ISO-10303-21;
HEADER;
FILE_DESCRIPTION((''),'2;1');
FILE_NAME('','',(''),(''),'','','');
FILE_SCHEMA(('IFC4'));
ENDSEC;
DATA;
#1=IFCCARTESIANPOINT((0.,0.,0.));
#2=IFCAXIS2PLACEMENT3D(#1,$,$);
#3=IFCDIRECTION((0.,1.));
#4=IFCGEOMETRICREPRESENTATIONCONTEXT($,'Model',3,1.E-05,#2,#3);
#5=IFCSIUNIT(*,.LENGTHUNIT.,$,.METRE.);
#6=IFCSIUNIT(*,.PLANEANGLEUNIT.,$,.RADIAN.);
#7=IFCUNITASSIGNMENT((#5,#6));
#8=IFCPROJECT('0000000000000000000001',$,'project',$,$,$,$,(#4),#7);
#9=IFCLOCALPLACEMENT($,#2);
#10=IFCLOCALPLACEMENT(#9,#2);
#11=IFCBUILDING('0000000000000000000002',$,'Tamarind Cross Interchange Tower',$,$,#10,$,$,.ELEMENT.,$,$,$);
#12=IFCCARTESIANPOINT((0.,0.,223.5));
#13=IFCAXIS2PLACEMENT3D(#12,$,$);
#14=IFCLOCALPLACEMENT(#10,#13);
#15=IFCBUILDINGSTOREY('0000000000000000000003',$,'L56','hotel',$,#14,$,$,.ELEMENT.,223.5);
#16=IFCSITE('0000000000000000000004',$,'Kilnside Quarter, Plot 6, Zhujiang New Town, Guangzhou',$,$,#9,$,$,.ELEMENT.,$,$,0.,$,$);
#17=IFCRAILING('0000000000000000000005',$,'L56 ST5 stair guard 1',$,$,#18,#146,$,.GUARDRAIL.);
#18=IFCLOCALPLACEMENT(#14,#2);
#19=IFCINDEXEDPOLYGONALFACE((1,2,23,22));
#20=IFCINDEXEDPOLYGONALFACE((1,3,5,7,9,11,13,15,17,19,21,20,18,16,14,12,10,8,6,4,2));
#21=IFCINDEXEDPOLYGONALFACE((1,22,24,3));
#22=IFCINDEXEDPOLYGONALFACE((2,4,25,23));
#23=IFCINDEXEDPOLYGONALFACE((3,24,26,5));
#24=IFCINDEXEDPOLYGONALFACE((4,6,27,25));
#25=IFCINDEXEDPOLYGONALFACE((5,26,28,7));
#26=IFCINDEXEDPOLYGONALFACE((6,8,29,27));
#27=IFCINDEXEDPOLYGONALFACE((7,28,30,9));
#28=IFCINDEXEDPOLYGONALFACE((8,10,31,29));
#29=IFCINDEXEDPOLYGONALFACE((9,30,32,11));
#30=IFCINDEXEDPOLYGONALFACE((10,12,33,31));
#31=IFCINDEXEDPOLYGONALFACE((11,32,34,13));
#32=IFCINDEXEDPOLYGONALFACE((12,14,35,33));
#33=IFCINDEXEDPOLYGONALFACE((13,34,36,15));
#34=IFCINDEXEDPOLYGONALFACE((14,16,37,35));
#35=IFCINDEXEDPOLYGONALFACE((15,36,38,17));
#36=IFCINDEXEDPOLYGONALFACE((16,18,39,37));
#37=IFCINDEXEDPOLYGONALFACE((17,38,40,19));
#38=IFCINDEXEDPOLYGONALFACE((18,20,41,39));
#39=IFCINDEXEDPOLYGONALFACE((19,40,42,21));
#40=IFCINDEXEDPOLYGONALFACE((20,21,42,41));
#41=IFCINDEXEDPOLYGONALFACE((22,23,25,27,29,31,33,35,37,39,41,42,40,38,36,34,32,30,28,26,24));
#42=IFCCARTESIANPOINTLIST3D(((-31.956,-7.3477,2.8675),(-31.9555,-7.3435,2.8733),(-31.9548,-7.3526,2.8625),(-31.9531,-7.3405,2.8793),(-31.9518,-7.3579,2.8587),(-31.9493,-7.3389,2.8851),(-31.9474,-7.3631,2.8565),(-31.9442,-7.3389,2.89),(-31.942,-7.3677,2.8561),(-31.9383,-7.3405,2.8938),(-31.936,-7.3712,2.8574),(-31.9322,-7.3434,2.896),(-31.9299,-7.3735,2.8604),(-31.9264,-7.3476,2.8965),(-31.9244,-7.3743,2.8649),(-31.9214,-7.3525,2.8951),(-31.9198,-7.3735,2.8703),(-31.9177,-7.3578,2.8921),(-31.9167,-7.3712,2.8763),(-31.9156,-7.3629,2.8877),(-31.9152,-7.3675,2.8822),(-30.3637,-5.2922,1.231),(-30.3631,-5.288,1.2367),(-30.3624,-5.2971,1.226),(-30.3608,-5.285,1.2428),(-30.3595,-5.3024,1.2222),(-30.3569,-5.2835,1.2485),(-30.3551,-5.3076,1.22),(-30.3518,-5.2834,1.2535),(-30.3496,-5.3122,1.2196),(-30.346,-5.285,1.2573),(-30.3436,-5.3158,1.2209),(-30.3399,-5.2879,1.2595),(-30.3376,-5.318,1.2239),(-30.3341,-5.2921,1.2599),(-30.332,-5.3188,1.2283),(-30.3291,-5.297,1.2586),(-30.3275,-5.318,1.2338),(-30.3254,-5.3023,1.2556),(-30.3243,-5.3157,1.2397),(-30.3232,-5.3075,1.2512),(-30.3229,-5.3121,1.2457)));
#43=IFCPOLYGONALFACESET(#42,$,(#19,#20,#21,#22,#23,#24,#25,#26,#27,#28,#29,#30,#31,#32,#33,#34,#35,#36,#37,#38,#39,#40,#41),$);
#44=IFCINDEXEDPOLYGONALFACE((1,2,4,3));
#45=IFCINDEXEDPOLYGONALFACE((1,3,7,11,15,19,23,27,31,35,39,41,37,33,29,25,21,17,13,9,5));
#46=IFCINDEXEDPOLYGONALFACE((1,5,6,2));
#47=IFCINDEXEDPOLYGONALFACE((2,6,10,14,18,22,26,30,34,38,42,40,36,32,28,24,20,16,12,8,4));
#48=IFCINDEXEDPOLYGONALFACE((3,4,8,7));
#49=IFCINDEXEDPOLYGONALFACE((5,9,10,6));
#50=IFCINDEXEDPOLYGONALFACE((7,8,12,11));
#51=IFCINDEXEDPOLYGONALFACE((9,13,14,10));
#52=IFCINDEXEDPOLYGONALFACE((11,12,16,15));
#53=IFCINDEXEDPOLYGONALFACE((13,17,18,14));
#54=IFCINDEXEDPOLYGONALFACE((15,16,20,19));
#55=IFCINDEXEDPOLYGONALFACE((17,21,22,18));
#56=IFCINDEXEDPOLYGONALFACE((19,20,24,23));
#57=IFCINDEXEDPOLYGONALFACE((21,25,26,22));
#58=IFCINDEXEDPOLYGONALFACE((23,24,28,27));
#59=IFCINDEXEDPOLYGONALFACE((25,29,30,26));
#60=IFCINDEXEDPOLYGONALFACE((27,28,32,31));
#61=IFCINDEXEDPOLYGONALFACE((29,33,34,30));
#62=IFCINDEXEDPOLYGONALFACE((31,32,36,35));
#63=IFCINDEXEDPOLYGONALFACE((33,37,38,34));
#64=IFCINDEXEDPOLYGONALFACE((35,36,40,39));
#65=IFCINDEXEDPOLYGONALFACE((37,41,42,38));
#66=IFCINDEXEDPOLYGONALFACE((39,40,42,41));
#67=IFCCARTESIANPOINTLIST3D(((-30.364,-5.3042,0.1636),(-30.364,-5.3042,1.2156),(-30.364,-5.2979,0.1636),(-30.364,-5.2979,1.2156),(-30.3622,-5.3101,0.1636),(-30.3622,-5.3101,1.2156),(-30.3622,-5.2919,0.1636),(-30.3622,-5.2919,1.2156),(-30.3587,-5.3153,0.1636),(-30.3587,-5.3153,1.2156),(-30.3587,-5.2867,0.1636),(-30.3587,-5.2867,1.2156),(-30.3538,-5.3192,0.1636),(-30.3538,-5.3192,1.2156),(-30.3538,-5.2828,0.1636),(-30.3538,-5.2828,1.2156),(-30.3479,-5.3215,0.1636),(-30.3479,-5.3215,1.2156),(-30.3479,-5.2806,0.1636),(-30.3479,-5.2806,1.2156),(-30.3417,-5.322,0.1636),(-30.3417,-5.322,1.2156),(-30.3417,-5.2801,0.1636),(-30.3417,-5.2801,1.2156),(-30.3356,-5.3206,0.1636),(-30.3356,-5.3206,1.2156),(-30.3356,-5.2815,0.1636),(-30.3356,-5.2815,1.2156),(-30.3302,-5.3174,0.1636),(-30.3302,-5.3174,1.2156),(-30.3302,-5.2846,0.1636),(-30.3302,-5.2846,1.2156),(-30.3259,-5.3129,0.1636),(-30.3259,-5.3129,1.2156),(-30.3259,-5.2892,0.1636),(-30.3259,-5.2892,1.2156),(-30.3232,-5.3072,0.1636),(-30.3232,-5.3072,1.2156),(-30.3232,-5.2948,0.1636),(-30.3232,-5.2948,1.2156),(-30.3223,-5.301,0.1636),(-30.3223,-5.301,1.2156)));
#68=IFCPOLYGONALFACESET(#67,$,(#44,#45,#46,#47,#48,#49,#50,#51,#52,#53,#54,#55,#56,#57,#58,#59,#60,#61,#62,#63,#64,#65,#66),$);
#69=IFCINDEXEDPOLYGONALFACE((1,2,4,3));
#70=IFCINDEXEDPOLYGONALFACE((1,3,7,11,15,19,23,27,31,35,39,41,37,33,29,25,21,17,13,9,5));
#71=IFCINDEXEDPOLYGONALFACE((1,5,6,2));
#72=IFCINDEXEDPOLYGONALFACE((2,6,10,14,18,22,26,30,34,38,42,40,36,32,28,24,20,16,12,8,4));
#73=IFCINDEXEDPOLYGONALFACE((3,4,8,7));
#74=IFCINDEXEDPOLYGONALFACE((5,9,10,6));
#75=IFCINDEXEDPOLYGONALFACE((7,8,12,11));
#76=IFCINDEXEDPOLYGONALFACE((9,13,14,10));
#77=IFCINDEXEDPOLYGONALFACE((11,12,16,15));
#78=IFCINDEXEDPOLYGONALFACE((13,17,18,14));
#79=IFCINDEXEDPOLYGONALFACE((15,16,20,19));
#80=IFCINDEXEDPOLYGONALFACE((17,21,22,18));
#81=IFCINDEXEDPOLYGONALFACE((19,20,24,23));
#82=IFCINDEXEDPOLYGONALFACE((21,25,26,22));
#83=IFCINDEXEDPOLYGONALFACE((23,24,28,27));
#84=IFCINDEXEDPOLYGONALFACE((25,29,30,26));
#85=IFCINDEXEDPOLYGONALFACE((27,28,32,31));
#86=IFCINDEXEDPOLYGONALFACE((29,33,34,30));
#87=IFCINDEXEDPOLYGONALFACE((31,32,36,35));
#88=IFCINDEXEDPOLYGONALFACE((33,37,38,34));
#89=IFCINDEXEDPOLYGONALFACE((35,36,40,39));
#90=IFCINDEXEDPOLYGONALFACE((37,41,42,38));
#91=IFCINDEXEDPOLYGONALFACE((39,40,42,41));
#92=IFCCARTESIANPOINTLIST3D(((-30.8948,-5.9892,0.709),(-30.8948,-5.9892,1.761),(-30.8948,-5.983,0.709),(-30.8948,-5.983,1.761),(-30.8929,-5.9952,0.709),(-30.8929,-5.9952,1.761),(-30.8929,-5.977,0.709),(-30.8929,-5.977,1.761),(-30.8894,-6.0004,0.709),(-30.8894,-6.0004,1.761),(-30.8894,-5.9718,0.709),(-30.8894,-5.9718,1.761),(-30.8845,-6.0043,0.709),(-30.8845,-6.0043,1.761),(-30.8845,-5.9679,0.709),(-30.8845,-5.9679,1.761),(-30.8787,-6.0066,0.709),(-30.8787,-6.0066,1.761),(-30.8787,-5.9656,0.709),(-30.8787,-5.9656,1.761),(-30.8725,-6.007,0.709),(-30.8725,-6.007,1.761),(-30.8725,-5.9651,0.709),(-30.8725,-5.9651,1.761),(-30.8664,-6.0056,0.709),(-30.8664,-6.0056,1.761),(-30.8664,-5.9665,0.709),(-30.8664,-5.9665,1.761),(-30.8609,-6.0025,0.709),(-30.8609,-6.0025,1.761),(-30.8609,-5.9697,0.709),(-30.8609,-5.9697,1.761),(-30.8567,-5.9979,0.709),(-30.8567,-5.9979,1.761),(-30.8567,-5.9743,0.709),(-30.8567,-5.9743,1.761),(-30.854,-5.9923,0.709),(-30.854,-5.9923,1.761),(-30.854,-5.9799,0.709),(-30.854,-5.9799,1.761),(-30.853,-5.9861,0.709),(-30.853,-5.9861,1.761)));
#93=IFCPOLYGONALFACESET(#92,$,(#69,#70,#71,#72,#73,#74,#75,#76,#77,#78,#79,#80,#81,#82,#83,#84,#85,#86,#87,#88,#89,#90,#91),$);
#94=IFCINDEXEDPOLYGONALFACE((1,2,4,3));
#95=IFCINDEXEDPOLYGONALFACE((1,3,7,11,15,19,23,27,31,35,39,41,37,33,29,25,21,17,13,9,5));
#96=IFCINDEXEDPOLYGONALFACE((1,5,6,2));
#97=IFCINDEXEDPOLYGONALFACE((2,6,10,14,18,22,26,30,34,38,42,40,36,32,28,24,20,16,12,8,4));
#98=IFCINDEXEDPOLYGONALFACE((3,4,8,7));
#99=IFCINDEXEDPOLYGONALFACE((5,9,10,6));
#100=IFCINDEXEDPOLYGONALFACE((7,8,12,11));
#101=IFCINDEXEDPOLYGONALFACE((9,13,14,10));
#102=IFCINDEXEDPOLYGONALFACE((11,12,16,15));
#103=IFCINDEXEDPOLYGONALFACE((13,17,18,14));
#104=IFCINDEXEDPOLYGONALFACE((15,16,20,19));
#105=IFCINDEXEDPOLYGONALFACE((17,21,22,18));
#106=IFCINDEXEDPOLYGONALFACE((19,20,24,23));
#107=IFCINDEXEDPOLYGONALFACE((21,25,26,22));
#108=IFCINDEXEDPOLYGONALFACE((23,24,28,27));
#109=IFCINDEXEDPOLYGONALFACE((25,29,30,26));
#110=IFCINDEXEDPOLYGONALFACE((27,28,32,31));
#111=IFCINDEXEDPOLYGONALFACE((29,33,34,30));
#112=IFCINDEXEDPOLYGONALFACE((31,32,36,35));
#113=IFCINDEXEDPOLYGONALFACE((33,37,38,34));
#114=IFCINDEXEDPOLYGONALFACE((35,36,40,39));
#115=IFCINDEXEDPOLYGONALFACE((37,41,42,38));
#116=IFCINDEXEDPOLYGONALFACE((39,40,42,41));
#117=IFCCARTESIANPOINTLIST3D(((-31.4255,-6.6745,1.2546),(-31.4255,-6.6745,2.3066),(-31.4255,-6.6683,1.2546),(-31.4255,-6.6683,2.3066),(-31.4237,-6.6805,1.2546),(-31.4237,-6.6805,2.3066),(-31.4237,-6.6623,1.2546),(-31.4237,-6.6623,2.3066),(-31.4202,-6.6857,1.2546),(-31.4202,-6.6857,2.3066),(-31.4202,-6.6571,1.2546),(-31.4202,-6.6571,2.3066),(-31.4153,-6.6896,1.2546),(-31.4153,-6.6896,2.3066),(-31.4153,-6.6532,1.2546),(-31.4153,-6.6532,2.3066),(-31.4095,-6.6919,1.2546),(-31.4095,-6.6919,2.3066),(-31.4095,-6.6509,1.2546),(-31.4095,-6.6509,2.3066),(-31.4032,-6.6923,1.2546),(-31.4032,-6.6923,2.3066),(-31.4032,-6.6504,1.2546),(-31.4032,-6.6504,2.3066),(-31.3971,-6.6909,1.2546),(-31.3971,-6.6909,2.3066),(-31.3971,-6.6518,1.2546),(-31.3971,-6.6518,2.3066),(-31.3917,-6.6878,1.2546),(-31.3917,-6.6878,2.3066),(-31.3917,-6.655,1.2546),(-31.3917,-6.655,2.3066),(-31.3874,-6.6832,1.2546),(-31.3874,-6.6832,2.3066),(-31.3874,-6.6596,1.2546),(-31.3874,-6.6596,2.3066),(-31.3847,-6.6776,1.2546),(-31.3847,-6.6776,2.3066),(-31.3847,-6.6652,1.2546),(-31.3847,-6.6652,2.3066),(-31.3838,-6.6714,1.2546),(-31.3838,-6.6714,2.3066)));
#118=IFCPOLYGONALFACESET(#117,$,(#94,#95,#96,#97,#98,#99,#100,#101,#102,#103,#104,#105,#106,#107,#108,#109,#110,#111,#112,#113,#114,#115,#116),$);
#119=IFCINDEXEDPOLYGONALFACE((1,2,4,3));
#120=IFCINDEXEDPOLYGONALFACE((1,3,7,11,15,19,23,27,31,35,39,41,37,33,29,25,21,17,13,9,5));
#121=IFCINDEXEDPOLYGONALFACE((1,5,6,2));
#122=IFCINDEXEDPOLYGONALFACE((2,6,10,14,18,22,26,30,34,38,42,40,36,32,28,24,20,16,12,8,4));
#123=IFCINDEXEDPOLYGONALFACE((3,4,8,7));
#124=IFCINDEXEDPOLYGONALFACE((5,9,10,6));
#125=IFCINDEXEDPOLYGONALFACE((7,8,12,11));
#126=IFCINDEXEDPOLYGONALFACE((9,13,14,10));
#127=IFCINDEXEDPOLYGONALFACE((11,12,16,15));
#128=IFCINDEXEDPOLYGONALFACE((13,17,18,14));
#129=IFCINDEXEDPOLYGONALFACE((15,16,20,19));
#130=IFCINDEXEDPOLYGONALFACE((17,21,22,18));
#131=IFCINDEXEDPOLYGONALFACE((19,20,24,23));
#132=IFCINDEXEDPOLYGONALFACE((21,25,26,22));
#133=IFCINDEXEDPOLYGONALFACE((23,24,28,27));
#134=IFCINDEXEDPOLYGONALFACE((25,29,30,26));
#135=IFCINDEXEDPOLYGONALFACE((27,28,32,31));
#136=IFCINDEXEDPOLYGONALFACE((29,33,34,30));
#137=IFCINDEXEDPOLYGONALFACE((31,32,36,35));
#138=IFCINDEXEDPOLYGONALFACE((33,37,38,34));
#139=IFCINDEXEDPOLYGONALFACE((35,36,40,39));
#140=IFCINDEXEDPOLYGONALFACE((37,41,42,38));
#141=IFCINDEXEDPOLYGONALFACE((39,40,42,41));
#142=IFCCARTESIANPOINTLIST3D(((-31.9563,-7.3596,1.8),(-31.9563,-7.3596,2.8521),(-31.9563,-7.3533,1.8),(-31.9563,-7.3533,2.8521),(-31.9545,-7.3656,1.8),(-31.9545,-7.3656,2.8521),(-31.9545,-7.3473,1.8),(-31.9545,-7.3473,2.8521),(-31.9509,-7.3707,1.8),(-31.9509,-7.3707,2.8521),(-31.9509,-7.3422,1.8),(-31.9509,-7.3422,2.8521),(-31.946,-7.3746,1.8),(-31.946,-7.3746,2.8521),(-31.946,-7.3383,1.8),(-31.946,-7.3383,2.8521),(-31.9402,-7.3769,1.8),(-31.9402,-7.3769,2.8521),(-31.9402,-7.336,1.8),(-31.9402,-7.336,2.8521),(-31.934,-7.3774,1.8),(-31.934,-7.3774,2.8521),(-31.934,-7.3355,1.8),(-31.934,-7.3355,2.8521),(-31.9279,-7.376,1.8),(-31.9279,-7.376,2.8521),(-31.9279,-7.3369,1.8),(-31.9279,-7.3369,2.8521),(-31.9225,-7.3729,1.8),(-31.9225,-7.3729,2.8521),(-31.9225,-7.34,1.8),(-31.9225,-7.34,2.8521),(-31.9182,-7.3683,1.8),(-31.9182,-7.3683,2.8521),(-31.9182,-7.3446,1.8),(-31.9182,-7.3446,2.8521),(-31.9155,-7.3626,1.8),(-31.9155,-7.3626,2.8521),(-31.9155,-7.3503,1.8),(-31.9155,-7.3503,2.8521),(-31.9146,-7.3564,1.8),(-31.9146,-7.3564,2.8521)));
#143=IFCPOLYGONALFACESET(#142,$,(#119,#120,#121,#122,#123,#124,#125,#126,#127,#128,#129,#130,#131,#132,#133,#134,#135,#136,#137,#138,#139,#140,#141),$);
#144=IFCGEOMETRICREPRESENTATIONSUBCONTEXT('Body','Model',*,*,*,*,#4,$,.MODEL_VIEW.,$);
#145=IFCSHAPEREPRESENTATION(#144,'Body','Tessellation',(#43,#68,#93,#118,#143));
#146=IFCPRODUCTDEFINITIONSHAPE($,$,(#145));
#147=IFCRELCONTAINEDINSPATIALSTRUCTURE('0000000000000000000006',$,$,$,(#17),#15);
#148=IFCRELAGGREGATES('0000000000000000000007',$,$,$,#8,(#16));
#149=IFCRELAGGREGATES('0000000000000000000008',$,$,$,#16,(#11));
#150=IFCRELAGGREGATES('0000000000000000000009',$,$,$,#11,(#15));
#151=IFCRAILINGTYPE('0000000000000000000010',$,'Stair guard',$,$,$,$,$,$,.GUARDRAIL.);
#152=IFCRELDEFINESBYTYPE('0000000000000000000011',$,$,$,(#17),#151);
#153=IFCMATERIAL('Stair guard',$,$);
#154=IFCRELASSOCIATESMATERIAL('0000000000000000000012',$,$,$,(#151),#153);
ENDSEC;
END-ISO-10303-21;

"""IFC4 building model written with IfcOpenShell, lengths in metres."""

from ifc_helpers import new_model, si_unit, direction, frame, origin, origin_2d, place, context, subcontext, project, spatial, circle, extrude, material, type_object, element, save


model = new_model("IFC4")

# Units and contexts
model_context = context("Model", 3, precision=1e-05, world=origin(), true_north=direction((0.0, 1.0)))
body_context = subcontext(model_context, "Body", "Model", "MODEL_VIEW")
ifc_project = project(units=[si_unit("LENGTHUNIT", "METRE"), si_unit("PLANEANGLEUNIT", "RADIAN")], contexts=[model_context])

# Site, building, storey
site_placement = place(None, origin())
site = spatial("IfcSite", under=ifc_project, at=site_placement, Name="Kilnside Quarter, Plot 6, Zhujiang New Town, Guangzhou", CompositionType="ELEMENT", RefElevation=0.0)
building_placement = place(site_placement, origin())
building = spatial("IfcBuilding", under=site, at=building_placement, Name="Tamarind Cross Interchange Tower", CompositionType="ELEMENT")
storey_placement = place(building_placement, frame((0.0, 0.0, 223.5)))
storey = spatial("IfcBuildingStorey", under=building, at=storey_placement, Name="L56", Description="hotel", CompositionType="ELEMENT", Elevation=223.5)

# Railing
ifc_material_1 = material(Name="Stair guard")
railing_type_1 = type_object("IfcRailingType", Name="Stair guard", PredefinedType="GUARDRAIL", material=ifc_material_1)
railing_1_placement = place(storey_placement, frame((-30.3433, -5.301, 0.1636)))
element("IfcRailing", 1, at=railing_1_placement, inside=storey, type_object=railing_type_1, Name="L56 ST5 stair guard 1", PredefinedType="GUARDRAIL", context=body_context, shape_type="SweptSolid", body=[
    extrude(circle(Radius=0.0239, at=origin_2d()), frame((0.0, 0.0, 1.0762), z_axis=(-0.518295, -0.669047, 0.532679), x_axis=(0.790539, -0.612412, 0.0)), (0.0, 0.0, 1.0), 3.0723),
    extrude(circle(Radius=0.021, at=origin_2d()), origin(), (0.0, 0.0, 1.0), 1.052),
    extrude(circle(Radius=0.021, at=origin_2d()), frame((-0.5308, -0.6851, 0.5454)), (0.0, 0.0, 1.0), 1.052),
    extrude(circle(Radius=0.021, at=origin_2d()), frame((-1.0615, -1.3704, 1.0911)), (0.0, 0.0, 1.0), 1.052),
    extrude(circle(Radius=0.021, at=origin_2d()), frame((-1.5923, -2.0554, 1.6365)), (0.0, 0.0, 1.0), 1.052),
])

save(model, "model.ifc")
